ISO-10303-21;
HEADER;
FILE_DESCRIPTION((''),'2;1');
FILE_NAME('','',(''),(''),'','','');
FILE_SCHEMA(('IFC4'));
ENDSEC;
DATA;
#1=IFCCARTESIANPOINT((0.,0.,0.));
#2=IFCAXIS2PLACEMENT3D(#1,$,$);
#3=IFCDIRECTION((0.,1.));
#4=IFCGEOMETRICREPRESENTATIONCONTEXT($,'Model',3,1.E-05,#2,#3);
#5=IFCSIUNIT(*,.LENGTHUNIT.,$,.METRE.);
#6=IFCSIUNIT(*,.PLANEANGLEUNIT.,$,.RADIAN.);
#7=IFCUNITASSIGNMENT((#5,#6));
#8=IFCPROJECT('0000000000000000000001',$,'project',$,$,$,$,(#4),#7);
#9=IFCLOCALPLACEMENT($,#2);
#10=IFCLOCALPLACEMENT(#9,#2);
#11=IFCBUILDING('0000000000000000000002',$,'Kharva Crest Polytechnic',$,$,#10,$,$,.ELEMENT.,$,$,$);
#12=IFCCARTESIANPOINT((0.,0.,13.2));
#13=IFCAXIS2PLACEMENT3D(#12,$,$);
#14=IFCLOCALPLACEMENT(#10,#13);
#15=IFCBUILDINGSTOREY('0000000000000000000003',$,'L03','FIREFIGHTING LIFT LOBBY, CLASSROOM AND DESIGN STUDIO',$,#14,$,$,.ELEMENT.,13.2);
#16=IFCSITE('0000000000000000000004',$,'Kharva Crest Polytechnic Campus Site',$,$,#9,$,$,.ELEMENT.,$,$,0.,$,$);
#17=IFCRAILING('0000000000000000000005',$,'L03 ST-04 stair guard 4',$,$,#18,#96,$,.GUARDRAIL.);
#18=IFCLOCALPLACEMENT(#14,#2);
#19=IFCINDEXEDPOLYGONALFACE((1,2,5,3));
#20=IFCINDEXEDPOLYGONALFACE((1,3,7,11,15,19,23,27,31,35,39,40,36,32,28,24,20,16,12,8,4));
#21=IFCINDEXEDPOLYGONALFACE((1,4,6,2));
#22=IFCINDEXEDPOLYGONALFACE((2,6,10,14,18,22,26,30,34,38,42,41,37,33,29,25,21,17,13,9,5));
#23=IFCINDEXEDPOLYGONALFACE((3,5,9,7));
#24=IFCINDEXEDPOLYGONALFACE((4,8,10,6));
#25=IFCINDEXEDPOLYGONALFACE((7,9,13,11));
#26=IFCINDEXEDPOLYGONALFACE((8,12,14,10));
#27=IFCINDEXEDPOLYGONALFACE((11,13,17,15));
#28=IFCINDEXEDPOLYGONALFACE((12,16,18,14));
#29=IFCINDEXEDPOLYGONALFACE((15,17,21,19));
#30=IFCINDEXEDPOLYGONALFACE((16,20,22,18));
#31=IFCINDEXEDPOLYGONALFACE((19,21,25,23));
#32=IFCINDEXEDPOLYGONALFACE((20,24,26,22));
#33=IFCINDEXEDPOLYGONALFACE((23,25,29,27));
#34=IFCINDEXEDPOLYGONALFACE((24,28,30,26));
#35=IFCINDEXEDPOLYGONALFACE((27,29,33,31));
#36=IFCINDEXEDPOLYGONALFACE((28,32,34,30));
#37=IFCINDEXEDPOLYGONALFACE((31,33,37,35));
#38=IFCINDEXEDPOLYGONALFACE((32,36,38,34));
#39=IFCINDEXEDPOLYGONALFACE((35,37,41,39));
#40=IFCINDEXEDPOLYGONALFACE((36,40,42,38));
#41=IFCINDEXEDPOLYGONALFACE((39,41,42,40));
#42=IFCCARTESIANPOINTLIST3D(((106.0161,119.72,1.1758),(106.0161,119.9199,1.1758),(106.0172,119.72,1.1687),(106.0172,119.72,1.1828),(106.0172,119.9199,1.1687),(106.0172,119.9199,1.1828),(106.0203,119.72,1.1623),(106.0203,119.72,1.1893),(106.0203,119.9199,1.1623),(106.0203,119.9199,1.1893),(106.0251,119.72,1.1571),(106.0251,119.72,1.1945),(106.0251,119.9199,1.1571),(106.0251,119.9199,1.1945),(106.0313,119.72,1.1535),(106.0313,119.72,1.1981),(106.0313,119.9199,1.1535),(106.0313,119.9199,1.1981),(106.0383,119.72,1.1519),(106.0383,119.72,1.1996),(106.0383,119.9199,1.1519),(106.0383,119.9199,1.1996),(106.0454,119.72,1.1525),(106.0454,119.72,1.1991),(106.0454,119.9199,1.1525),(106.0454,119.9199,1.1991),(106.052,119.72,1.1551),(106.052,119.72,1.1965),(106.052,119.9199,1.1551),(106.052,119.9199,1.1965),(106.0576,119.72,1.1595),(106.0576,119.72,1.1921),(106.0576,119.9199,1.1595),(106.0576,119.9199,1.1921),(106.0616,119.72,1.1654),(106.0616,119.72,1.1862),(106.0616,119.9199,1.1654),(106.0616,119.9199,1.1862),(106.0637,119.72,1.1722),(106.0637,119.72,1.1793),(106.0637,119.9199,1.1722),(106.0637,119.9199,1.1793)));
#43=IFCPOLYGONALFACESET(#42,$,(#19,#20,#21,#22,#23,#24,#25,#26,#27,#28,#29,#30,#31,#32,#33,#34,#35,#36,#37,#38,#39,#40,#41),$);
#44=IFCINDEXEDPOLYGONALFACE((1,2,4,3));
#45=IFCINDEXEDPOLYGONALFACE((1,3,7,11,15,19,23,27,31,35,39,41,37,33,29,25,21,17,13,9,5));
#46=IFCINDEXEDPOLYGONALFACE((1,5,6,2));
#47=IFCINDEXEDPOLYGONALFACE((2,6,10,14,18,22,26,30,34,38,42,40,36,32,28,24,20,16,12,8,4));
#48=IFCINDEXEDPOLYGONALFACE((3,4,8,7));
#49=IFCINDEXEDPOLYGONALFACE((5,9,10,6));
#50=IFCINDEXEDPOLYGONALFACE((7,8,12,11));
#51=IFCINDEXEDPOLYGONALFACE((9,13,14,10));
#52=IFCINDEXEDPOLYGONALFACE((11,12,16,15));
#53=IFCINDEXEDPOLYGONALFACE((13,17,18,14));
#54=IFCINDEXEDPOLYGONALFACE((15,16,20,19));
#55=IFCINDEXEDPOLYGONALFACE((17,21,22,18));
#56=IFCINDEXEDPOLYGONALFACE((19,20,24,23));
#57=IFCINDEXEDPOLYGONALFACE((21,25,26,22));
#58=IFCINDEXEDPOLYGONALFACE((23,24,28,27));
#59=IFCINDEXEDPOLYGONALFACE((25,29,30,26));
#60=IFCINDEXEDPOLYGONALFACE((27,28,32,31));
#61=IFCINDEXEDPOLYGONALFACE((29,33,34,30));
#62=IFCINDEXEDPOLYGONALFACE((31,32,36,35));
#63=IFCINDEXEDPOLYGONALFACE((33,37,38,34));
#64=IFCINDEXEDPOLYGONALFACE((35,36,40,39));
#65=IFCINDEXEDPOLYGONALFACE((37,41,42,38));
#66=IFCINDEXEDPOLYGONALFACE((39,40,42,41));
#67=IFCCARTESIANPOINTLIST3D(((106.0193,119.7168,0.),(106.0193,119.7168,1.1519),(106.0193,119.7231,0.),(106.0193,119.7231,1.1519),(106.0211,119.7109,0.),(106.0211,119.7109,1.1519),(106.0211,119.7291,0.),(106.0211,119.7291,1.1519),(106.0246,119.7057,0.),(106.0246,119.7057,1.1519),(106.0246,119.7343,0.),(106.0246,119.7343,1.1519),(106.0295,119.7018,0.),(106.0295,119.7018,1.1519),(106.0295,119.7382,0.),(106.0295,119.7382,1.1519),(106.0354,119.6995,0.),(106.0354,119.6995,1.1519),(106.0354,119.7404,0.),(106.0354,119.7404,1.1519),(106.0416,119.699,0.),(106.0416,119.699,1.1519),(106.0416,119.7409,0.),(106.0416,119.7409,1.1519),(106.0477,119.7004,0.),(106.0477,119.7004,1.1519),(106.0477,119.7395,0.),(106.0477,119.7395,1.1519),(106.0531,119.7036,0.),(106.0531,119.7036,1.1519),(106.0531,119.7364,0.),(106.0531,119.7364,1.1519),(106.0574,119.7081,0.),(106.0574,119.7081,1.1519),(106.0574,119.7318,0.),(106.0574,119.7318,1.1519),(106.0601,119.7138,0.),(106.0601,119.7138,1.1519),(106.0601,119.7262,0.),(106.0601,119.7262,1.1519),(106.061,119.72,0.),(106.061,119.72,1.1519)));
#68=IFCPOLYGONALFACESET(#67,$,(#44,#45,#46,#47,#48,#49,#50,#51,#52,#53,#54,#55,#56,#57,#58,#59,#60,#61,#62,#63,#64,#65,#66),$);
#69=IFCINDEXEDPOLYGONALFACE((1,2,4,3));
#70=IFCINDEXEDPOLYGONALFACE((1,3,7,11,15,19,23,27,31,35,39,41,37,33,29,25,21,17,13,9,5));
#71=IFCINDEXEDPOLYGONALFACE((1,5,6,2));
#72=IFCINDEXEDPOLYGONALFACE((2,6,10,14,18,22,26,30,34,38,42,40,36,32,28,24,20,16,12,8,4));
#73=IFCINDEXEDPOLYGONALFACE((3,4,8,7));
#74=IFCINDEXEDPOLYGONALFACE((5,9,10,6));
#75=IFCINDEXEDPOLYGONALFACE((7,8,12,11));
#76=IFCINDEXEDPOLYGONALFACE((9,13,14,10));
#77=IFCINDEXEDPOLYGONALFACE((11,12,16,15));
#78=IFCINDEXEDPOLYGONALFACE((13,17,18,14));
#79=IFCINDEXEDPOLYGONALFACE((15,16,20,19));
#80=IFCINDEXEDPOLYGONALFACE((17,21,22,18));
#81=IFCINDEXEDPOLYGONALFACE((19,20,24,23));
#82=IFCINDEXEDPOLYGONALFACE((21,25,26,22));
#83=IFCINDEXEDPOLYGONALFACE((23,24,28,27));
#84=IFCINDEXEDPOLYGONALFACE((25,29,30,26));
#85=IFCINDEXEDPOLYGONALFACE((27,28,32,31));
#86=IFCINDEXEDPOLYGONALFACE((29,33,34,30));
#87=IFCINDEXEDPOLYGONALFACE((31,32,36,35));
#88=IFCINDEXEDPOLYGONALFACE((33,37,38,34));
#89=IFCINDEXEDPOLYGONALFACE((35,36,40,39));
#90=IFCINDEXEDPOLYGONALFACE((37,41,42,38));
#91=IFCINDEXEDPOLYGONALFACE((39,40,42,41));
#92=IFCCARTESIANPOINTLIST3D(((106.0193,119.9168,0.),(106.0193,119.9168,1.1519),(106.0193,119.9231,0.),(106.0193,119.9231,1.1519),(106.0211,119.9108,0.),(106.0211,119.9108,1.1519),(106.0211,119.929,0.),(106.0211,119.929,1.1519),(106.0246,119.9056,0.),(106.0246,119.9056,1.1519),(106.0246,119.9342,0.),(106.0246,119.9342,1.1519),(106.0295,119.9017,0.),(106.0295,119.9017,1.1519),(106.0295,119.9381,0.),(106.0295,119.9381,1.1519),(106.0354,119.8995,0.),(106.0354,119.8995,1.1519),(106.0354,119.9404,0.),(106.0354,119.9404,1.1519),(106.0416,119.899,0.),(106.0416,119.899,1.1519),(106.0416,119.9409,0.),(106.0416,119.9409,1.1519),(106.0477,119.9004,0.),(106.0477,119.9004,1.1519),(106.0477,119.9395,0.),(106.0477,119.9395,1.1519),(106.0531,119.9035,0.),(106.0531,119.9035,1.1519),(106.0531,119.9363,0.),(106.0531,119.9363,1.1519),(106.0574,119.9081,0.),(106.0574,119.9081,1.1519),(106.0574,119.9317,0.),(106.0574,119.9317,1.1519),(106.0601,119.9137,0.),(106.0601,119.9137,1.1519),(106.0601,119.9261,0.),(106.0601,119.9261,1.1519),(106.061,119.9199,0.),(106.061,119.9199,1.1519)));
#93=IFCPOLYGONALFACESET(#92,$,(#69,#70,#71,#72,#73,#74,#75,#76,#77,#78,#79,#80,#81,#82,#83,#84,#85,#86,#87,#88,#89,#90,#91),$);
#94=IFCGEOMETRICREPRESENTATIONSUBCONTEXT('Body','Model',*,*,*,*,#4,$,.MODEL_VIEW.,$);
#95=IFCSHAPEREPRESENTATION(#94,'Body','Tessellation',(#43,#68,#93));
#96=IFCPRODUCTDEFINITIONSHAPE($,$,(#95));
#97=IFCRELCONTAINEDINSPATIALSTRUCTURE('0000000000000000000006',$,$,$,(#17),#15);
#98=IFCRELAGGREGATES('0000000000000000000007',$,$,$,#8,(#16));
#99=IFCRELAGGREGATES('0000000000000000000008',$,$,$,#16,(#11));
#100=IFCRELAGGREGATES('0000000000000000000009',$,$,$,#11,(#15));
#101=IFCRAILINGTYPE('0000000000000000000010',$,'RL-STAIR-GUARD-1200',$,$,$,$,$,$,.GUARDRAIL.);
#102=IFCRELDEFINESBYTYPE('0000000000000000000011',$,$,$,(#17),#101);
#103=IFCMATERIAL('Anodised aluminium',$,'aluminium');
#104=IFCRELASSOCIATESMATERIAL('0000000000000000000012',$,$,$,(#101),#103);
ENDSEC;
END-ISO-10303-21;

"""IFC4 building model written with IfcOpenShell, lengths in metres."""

from ifc_helpers import new_model, si_unit, direction, frame, origin, origin_2d, place, context, subcontext, project, spatial, circle, extrude, material, type_object, element, save


model = new_model("IFC4")

# Units and contexts
model_context = context("Model", 3, precision=1e-05, world=origin(), true_north=direction((0.0, 1.0)))
body_context = subcontext(model_context, "Body", "Model", "MODEL_VIEW")
ifc_project = project(units=[si_unit("LENGTHUNIT", "METRE"), si_unit("PLANEANGLEUNIT", "RADIAN")], contexts=[model_context])

# Site, building, storey
site_placement = place(None, origin())
site = spatial("IfcSite", under=ifc_project, at=site_placement, Name="Kharva Crest Polytechnic Campus Site", CompositionType="ELEMENT", RefElevation=0.0)
building_placement = place(site_placement, origin())
building = spatial("IfcBuilding", under=site, at=building_placement, Name="Kharva Crest Polytechnic", CompositionType="ELEMENT")
storey_placement = place(building_placement, frame((0.0, 0.0, 13.2)))
storey = spatial("IfcBuildingStorey", under=building, at=storey_placement, Name="L03", Description="FIREFIGHTING LIFT LOBBY, CLASSROOM AND DESIGN STUDIO", CompositionType="ELEMENT", Elevation=13.2)

# Shared definitions
ifc_material_1 = material(Name="Anodised aluminium", Category="aluminium")

# Railing
railing_type_1 = type_object("IfcRailingType", Name="RL-STAIR-GUARD-1200", PredefinedType="GUARDRAIL", material=ifc_material_1)
railing_1_placement = place(storey_placement, frame((106.04, 119.72, 0.0)))
element("IfcRailing", 1, at=railing_1_placement, inside=storey, type_object=railing_type_1, Name="L03 ST-04 stair guard 4", PredefinedType="GUARDRAIL", context=body_context, shape_type="SweptSolid", body=[
    extrude(circle(Radius=0.0239, at=origin_2d()), frame((0.0, 0.0, 1.1758), z_axis=(0.0, 1.0, 0.0), x_axis=(-1.0, 0.0, 0.0)), (0.0, 0.0, 1.0), 0.2),
    extrude(circle(Radius=0.021, at=origin_2d()), origin(), (0.0, 0.0, 1.0), 1.1519),
    extrude(circle(Radius=0.021, at=origin_2d()), frame((0.0, 0.2, 0.0)), (0.0, 0.0, 1.0), 1.1519),
])

save(model, "model.ifc")
